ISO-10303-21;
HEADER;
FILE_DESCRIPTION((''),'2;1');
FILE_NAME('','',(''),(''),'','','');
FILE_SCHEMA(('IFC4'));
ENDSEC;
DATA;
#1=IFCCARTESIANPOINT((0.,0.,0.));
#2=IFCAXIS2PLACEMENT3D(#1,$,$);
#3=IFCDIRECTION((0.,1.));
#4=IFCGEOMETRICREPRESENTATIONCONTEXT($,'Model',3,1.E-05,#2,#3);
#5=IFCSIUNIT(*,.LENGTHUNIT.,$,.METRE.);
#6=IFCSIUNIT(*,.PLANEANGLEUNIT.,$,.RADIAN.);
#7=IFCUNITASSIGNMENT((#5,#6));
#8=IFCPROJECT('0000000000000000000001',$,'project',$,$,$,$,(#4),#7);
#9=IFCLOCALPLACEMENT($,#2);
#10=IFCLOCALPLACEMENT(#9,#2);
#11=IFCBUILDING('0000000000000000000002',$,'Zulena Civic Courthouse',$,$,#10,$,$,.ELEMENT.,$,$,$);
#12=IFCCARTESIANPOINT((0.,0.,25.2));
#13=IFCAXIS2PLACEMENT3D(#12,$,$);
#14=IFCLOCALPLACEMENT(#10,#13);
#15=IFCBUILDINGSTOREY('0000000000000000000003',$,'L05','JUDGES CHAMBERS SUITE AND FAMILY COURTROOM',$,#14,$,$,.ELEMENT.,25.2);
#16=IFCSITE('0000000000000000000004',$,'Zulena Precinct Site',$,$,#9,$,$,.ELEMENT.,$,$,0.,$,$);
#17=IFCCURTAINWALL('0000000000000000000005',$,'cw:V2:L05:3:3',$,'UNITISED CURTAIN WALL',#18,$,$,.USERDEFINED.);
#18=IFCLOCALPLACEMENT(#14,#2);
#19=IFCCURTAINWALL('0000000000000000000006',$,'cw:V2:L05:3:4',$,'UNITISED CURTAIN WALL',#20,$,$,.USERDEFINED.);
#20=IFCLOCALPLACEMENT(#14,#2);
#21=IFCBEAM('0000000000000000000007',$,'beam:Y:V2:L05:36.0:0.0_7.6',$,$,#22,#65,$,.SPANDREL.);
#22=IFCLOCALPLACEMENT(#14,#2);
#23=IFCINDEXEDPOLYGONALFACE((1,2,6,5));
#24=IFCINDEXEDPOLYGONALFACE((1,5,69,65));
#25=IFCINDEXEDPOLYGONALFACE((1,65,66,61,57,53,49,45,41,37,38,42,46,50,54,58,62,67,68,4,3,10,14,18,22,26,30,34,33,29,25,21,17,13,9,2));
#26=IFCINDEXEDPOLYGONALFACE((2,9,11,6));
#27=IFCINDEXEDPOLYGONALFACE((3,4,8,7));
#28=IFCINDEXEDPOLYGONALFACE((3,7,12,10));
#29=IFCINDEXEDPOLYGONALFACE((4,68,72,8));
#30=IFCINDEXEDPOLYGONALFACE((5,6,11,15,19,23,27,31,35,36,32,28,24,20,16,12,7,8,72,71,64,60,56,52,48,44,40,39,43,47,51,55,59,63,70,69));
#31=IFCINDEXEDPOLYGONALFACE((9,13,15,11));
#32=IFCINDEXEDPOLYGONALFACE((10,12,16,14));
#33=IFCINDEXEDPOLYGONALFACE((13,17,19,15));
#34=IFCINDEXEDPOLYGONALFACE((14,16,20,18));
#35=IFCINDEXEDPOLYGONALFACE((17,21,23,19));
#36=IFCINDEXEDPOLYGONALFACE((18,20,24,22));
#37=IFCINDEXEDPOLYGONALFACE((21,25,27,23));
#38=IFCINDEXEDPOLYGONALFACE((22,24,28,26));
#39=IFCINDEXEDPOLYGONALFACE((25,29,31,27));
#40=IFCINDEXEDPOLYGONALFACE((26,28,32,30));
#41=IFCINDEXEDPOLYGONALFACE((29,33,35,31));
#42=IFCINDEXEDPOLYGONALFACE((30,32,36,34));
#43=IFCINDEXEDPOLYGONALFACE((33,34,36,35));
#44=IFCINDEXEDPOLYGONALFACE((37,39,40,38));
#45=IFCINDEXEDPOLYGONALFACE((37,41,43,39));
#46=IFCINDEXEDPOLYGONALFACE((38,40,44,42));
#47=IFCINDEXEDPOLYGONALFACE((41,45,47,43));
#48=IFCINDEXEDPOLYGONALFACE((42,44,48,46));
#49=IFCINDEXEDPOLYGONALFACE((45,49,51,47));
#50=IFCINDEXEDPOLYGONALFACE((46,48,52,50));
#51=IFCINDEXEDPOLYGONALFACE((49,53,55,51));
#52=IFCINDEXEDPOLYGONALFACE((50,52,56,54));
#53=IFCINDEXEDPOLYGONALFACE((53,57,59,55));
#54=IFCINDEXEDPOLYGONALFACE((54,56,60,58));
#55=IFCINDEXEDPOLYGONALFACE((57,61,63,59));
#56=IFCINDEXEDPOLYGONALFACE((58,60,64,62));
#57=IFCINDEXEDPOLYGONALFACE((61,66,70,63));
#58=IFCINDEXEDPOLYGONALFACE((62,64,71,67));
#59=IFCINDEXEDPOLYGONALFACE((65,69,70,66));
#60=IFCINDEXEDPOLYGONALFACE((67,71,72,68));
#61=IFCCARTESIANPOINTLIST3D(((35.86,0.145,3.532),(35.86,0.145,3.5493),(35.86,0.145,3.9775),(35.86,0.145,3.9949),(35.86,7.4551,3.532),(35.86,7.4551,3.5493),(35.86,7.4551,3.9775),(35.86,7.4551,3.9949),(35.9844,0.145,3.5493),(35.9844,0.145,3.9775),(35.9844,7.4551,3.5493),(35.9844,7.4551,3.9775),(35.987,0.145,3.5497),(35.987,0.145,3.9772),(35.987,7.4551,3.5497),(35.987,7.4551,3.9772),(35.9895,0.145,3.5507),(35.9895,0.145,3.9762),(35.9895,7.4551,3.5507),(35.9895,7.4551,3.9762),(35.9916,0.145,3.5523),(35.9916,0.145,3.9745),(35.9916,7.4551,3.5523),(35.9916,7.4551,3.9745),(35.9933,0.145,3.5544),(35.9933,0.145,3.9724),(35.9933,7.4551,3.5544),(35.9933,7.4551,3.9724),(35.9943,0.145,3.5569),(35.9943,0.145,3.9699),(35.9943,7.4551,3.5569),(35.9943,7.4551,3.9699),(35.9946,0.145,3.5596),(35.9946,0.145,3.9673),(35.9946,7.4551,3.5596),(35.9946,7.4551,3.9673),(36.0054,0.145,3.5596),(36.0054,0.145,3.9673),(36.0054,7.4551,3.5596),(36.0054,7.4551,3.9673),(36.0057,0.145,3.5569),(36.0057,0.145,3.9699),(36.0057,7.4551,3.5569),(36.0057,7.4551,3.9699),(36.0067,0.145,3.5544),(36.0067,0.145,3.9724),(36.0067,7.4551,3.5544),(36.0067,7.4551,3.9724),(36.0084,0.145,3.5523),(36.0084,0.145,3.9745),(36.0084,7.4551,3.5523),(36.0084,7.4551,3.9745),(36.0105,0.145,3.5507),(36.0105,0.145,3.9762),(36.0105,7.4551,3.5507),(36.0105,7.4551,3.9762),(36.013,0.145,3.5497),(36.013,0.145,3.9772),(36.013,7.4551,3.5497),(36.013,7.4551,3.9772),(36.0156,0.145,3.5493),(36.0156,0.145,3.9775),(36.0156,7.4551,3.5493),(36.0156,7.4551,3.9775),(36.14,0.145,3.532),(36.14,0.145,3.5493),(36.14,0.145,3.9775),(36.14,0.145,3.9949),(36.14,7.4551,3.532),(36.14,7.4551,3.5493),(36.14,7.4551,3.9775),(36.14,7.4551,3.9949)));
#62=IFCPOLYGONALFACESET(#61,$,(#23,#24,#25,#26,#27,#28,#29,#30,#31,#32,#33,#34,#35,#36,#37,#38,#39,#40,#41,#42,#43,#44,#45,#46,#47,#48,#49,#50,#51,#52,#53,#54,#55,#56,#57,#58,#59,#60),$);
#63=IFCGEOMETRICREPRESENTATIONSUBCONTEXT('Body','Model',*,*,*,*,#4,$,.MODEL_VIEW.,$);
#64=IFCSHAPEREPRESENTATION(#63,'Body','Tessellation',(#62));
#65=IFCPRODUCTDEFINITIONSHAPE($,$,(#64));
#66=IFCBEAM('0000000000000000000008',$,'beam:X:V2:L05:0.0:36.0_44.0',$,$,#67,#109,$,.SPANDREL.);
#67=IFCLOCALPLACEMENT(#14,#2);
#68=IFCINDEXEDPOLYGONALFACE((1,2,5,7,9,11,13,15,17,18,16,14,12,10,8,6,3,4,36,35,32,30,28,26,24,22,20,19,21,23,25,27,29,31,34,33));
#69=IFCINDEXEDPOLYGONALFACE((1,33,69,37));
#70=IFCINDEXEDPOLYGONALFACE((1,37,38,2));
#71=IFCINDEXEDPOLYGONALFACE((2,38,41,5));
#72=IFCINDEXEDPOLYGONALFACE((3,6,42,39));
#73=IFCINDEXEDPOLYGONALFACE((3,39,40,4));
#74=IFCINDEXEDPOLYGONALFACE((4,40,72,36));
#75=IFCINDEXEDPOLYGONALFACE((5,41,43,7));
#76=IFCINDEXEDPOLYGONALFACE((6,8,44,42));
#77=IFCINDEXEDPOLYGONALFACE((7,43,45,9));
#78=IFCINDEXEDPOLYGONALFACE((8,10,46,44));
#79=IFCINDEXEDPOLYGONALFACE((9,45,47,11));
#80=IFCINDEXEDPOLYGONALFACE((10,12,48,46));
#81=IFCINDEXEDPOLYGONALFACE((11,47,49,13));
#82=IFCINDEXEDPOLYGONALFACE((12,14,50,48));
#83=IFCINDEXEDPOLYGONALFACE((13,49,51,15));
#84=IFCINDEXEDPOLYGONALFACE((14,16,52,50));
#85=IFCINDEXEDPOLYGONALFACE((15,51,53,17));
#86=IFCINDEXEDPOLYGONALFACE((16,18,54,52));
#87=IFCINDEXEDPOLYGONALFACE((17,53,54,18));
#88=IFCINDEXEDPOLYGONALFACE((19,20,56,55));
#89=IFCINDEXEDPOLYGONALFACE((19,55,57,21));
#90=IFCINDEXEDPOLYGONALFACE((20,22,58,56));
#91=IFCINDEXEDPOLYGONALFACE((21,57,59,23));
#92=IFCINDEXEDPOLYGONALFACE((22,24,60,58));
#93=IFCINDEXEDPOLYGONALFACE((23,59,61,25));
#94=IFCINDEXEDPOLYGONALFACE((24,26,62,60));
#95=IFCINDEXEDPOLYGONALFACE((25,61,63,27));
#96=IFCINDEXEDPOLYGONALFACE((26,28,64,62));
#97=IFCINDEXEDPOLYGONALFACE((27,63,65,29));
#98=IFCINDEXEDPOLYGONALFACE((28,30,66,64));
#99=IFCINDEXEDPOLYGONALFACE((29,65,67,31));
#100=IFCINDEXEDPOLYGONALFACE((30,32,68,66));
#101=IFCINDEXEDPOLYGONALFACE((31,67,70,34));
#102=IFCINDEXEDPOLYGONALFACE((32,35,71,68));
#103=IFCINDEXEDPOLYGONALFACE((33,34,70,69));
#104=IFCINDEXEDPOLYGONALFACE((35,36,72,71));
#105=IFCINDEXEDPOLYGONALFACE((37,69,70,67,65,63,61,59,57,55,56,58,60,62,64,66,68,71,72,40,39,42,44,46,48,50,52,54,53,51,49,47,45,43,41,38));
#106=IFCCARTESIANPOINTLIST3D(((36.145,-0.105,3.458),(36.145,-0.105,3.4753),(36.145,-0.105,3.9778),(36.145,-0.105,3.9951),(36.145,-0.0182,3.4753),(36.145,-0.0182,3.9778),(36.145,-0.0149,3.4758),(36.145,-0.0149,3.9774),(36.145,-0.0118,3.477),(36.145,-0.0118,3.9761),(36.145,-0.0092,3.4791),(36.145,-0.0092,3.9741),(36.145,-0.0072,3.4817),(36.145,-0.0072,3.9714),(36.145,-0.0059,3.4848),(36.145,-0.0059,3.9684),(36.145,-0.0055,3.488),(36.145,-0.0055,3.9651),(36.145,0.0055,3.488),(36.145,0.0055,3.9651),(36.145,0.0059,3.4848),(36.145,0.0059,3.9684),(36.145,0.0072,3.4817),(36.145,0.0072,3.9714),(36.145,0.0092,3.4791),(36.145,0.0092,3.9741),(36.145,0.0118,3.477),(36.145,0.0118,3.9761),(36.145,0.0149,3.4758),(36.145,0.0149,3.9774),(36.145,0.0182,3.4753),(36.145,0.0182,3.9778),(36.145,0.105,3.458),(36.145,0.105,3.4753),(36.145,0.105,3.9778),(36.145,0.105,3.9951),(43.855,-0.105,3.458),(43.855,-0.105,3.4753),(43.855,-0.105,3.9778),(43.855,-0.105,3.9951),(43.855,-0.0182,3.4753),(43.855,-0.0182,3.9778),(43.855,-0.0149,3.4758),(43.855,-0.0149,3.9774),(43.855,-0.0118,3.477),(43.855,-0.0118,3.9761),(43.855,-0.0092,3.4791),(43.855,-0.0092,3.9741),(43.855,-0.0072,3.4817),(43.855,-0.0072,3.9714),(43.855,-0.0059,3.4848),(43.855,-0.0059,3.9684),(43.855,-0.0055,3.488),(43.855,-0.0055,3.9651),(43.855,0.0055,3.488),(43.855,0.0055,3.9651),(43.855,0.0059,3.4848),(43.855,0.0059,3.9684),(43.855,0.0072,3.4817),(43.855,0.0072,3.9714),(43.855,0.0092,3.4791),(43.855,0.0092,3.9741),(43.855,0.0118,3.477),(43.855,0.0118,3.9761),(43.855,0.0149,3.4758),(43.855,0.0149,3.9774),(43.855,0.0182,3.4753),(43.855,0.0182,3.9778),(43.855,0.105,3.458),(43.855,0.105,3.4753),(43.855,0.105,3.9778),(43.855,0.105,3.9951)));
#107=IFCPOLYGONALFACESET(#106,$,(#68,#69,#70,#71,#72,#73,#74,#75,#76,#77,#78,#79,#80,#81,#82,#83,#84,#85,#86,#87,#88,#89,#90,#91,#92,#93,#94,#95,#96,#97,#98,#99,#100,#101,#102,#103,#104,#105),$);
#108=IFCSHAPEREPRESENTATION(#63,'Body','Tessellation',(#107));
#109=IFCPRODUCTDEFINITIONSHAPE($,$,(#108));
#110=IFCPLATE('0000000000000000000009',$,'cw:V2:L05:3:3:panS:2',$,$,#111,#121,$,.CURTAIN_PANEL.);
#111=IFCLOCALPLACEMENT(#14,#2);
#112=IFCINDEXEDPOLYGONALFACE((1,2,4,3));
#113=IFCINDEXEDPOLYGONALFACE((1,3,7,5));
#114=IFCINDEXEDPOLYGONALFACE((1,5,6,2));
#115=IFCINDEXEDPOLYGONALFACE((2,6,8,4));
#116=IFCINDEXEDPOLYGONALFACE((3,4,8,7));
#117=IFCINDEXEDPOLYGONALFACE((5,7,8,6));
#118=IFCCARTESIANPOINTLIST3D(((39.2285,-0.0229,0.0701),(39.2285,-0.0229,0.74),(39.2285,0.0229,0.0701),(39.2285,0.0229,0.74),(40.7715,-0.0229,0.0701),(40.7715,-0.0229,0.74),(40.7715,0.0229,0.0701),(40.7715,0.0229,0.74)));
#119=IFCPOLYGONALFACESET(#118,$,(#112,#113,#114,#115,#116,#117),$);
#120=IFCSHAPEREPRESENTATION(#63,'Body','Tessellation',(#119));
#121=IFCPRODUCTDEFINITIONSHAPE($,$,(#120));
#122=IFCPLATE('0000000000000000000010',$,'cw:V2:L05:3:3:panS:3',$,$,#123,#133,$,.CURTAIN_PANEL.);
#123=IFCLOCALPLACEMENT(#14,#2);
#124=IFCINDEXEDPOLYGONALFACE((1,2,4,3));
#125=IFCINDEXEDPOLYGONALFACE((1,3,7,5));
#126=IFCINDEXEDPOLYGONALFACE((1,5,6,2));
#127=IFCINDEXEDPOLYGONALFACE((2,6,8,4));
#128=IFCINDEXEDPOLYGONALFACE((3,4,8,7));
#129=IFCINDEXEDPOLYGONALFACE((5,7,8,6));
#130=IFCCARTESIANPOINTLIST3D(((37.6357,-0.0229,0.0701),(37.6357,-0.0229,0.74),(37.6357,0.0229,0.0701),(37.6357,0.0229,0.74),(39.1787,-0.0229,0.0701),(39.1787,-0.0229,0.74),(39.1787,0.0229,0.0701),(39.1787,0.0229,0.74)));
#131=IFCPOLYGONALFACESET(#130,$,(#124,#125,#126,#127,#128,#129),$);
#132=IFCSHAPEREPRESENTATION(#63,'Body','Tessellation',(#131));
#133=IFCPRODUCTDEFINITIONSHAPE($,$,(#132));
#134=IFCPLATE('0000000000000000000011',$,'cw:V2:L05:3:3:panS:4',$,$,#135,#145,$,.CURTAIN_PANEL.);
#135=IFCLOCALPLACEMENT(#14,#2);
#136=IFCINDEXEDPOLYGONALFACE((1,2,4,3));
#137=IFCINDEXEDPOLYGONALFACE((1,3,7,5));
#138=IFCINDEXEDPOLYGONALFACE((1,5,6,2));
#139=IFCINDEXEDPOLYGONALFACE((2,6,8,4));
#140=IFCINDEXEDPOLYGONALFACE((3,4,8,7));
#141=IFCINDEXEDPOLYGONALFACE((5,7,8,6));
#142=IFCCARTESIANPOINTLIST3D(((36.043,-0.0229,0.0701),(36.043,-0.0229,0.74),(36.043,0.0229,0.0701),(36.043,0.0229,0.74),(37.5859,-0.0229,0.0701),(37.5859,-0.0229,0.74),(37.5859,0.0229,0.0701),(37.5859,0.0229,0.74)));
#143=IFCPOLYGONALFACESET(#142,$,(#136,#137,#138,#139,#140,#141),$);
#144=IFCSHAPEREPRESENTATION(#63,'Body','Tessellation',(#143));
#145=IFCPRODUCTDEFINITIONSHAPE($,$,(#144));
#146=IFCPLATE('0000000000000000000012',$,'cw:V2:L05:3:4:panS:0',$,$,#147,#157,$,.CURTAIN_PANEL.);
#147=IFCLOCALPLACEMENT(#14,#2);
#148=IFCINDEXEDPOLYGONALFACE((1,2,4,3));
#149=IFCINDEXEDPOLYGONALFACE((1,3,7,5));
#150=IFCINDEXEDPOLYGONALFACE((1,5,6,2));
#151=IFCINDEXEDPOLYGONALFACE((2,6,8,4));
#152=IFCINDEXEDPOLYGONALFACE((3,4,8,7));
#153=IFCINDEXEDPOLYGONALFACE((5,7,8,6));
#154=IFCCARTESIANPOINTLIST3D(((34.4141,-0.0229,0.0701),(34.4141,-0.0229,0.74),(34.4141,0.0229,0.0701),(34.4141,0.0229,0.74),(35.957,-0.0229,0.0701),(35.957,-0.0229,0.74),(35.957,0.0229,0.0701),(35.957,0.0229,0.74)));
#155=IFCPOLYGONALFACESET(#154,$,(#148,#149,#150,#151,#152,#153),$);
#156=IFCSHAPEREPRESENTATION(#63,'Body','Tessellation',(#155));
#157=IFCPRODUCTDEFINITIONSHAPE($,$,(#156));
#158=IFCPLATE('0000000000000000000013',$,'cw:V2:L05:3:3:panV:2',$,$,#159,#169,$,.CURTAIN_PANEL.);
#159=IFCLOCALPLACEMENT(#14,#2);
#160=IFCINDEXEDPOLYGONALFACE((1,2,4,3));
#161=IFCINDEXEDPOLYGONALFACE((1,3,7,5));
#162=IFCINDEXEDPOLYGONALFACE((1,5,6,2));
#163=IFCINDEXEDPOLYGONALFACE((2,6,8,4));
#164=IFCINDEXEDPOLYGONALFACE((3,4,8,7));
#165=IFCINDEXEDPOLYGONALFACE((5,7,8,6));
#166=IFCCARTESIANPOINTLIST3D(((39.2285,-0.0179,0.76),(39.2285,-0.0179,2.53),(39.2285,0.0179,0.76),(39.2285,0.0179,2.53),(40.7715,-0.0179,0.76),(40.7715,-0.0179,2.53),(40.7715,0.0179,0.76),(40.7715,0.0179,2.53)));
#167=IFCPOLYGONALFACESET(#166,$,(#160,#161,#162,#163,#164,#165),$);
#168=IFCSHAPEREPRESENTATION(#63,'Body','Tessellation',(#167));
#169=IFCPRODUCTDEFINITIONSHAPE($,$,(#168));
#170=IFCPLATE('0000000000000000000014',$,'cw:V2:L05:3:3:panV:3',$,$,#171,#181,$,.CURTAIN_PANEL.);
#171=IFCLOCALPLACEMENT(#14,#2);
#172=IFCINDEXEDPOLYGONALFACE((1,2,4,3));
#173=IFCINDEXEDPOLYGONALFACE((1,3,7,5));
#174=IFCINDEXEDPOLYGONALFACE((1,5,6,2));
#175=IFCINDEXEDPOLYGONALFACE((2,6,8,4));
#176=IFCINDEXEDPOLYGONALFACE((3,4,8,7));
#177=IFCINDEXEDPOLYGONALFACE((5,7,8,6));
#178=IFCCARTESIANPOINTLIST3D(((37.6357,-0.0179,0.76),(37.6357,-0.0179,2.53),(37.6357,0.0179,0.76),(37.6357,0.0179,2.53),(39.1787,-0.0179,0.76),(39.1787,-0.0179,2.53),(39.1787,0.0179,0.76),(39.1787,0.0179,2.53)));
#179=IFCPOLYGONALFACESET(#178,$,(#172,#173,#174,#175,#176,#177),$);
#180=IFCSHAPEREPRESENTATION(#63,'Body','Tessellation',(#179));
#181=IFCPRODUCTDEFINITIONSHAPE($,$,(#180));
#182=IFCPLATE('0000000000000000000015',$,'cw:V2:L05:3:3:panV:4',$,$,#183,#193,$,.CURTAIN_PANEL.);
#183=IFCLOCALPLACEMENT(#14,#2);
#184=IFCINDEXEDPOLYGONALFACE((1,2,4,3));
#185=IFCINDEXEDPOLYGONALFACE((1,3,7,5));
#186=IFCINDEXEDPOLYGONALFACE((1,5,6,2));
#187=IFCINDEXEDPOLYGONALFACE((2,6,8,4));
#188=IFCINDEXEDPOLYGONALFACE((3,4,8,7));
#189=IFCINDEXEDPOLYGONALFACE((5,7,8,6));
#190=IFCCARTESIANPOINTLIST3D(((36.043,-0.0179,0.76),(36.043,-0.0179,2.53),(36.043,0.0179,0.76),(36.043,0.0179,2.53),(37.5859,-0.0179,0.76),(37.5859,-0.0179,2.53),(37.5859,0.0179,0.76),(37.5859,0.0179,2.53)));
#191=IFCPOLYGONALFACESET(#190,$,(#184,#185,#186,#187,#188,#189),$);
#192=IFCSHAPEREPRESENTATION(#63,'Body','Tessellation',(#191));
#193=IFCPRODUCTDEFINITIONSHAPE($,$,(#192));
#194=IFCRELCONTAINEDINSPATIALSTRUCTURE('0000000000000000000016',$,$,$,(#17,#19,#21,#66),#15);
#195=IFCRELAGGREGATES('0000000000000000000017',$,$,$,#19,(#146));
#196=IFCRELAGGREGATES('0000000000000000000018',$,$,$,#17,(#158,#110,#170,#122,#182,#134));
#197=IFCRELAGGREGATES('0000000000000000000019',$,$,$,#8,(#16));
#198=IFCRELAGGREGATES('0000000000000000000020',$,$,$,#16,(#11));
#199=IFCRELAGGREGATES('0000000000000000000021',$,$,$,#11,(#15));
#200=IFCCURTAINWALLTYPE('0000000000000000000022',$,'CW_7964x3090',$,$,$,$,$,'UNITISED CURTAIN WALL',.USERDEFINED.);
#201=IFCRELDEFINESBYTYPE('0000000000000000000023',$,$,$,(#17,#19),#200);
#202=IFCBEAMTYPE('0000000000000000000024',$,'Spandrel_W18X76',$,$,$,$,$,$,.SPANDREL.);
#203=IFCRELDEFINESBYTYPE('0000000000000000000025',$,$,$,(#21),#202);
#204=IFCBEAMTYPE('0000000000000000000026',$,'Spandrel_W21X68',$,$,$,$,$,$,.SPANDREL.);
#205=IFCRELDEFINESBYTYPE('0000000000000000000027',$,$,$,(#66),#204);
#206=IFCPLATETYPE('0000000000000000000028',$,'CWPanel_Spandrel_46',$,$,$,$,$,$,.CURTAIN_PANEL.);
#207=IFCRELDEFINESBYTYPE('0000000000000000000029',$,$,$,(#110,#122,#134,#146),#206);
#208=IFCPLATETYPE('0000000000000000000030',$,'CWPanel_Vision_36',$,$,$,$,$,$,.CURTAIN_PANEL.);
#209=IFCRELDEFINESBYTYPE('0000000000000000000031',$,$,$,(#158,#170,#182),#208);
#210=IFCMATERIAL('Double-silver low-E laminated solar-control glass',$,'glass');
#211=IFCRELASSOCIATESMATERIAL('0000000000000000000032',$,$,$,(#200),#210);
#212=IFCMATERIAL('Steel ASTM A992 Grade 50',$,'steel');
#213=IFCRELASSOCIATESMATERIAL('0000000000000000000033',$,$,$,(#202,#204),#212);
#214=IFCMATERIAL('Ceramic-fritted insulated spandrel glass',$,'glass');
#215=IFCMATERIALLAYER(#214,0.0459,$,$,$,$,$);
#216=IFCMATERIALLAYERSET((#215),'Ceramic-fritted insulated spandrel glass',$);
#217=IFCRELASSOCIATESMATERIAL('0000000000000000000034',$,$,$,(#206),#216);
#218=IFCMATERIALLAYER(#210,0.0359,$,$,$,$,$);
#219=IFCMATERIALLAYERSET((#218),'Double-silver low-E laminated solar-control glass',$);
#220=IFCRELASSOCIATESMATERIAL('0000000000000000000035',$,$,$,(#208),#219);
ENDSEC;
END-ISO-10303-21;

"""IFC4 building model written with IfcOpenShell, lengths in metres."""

from ifc_helpers import new_model, si_unit, direction, frame, origin, origin_2d, place, context, subcontext, project, spatial, rectangle, i_section, extrude, material, layer, layer_set, material_profile, profile_set, type_object, element, aggregate, save


model = new_model("IFC4")

# Units and contexts
model_context = context("Model", 3, precision=1e-05, world=origin(), true_north=direction((0.0, 1.0)))
body_context = subcontext(model_context, "Body", "Model", "MODEL_VIEW")
ifc_project = project(units=[si_unit("LENGTHUNIT", "METRE"), si_unit("PLANEANGLEUNIT", "RADIAN")], contexts=[model_context])

# Site, building, storey
site_placement = place(None, origin())
site = spatial("IfcSite", under=ifc_project, at=site_placement, Name="Zulena Precinct Site", CompositionType="ELEMENT", RefElevation=0.0)
building_placement = place(site_placement, origin())
building = spatial("IfcBuilding", under=site, at=building_placement, Name="Zulena Civic Courthouse", CompositionType="ELEMENT")
storey_placement = place(building_placement, frame((0.0, 0.0, 25.2)))
storey = spatial("IfcBuildingStorey", under=building, at=storey_placement, Name="L05", Description="JUDGES CHAMBERS SUITE AND FAMILY COURTROOM", CompositionType="ELEMENT", Elevation=25.2)

# Shared definitions
ifc_material_1 = material(Name="Steel ASTM A992 Grade 50", Category="steel")

# Curtain walls
ifc_material_2 = material(Name="Double-silver low-E laminated solar-control glass", Category="glass")
curtain_wall_type = type_object("IfcCurtainWallType", Name="CW_7964x3090", ElementType="UNITISED CURTAIN WALL", PredefinedType="USERDEFINED", material=ifc_material_2)
curtain_wall_1_placement = place(storey_placement, origin())
curtain_wall_1 = element("IfcCurtainWall", 1, at=curtain_wall_1_placement, inside=storey, type_object=curtain_wall_type, Name="cw:V2:L05:3:3", ObjectType="UNITISED CURTAIN WALL", PredefinedType="USERDEFINED")
curtain_wall_2_placement = place(storey_placement, origin())
curtain_wall_2 = element("IfcCurtainWall", 2, at=curtain_wall_2_placement, inside=storey, type_object=curtain_wall_type, Name="cw:V2:L05:3:4", ObjectType="UNITISED CURTAIN WALL", PredefinedType="USERDEFINED")

# Beams
ifc_material_profile_1 = material_profile(ifc_material_1, i_section(OverallWidth=0.28, OverallDepth=0.4629, WebThickness=0.0107, FlangeThickness=0.0173, FilletRadius=0.0103, at=origin_2d()), Name="W18X76")
ifc_profile_set_1 = profile_set([ifc_material_profile_1], Name="Steel ASTM A992 Grade 50")
beam_type_1 = type_object("IfcBeamType", Name="Spandrel_W18X76", PredefinedType="SPANDREL", material=ifc_profile_set_1)
for number, where, z_axis, x_axis, name in (
    (3, (36.0, 0.145, 3.7634), (0.0, 1.0, 0.0), (-1.0, 0.0, 0.0), "beam:Y:V2:L05:36.0:0.0_7.6"),
):
    element("IfcBeam", number, at=place(storey_placement, frame(where, z_axis=z_axis, x_axis=x_axis)), inside=storey, type_object=beam_type_1, Name=name, PredefinedType="SPANDREL", context=body_context, shape_type="SweptSolid", body=[
        extrude(i_section(OverallWidth=0.28, OverallDepth=0.4629, WebThickness=0.0107, FlangeThickness=0.0173, FilletRadius=0.0103, at=origin_2d()), origin(), (0.0, 0.0, 1.0), 7.3101),
    ])
ifc_material_profile_2 = material_profile(ifc_material_1, i_section(OverallWidth=0.21, OverallDepth=0.5371, WebThickness=0.011, FlangeThickness=0.0173, FilletRadius=0.0127, at=origin_2d()), Name="W21X68")
ifc_profile_set_2 = profile_set([ifc_material_profile_2], Name="Steel ASTM A992 Grade 50")
beam_type_2 = type_object("IfcBeamType", Name="Spandrel_W21X68", PredefinedType="SPANDREL", material=ifc_profile_set_2)
beam_placement = place(storey_placement, frame((36.145, 0.0, 3.7266), z_axis=(1.0, 0.0, 0.0), x_axis=(0.0, 1.0, 0.0)))
element("IfcBeam", 4, at=beam_placement, inside=storey, type_object=beam_type_2, Name="beam:X:V2:L05:0.0:36.0_44.0", PredefinedType="SPANDREL", context=body_context, shape_type="SweptSolid", body=[
    extrude(i_section(OverallWidth=0.21, OverallDepth=0.5371, WebThickness=0.011, FlangeThickness=0.0173, FilletRadius=0.0127, at=origin_2d()), origin(), (0.0, 0.0, 1.0), 7.71),
])

# Plates
ifc_material_3 = material(Name="Ceramic-fritted insulated spandrel glass", Category="glass")
ifc_layer_1 = layer(ifc_material_3, 0.0459)
ifc_layer_set_1 = layer_set([ifc_layer_1], Name="Ceramic-fritted insulated spandrel glass")
plate_type_1 = type_object("IfcPlateType", Name="CWPanel_Spandrel_46", PredefinedType="CURTAIN_PANEL", material=ifc_layer_set_1)
plate_1_placement = place(storey_placement, frame((40.0, 0.0, 0.0701), z_axis=(0.0, 0.0, 1.0), x_axis=(-1.0, 0.0, 0.0)))
plate_1 = element("IfcPlate", 5, at=plate_1_placement, type_object=plate_type_1, Name="cw:V2:L05:3:3:panS:2", PredefinedType="CURTAIN_PANEL", context=body_context, shape_type="SweptSolid", body=[
    extrude(rectangle(XDim=1.543, YDim=0.0459, at=origin_2d()), origin(), (0.0, 0.0, 1.0), 0.6699),
])
plate_2_placement = place(storey_placement, frame((38.4072, 0.0, 0.0701), z_axis=(0.0, 0.0, 1.0), x_axis=(-1.0, 0.0, 0.0)))
plate_2 = element("IfcPlate", 6, at=plate_2_placement, type_object=plate_type_1, Name="cw:V2:L05:3:3:panS:3", PredefinedType="CURTAIN_PANEL", context=body_context, shape_type="SweptSolid", body=[
    extrude(rectangle(XDim=1.543, YDim=0.0459, at=origin_2d()), origin(), (0.0, 0.0, 1.0), 0.6699),
])
plate_3_placement = place(storey_placement, frame((36.8145, 0.0, 0.0701), z_axis=(0.0, 0.0, 1.0), x_axis=(-1.0, 0.0, 0.0)))
plate_3 = element("IfcPlate", 7, at=plate_3_placement, type_object=plate_type_1, Name="cw:V2:L05:3:3:panS:4", PredefinedType="CURTAIN_PANEL", context=body_context, shape_type="SweptSolid", body=[
    extrude(rectangle(XDim=1.543, YDim=0.0459, at=origin_2d()), origin(), (0.0, 0.0, 1.0), 0.6699),
])
plate_4_placement = place(storey_placement, frame((35.1855, 0.0, 0.0701), z_axis=(0.0, 0.0, 1.0), x_axis=(-1.0, 0.0, 0.0)))
plate_4 = element("IfcPlate", 8, at=plate_4_placement, type_object=plate_type_1, Name="cw:V2:L05:3:4:panS:0", PredefinedType="CURTAIN_PANEL", context=body_context, shape_type="SweptSolid", body=[
    extrude(rectangle(XDim=1.543, YDim=0.0459, at=origin_2d()), origin(), (0.0, 0.0, 1.0), 0.6699),
])
aggregate(curtain_wall_2, [plate_4])
ifc_layer_2 = layer(ifc_material_2, 0.0359)
ifc_layer_set_2 = layer_set([ifc_layer_2], Name="Double-silver low-E laminated solar-control glass")
plate_type_2 = type_object("IfcPlateType", Name="CWPanel_Vision_36", PredefinedType="CURTAIN_PANEL", material=ifc_layer_set_2)
plate_5_placement = place(storey_placement, frame((40.0, 0.0, 0.76), z_axis=(0.0, 0.0, 1.0), x_axis=(-1.0, 0.0, 0.0)))
plate_5 = element("IfcPlate", 9, at=plate_5_placement, type_object=plate_type_2, Name="cw:V2:L05:3:3:panV:2", PredefinedType="CURTAIN_PANEL", context=body_context, shape_type="SweptSolid", body=[
    extrude(rectangle(XDim=1.543, YDim=0.0359, at=origin_2d()), origin(), (0.0, 0.0, 1.0), 1.77),
])
plate_6_placement = place(storey_placement, frame((38.4072, 0.0, 0.76), z_axis=(0.0, 0.0, 1.0), x_axis=(-1.0, 0.0, 0.0)))
plate_6 = element("IfcPlate", 10, at=plate_6_placement, type_object=plate_type_2, Name="cw:V2:L05:3:3:panV:3", PredefinedType="CURTAIN_PANEL", context=body_context, shape_type="SweptSolid", body=[
    extrude(rectangle(XDim=1.543, YDim=0.0359, at=origin_2d()), origin(), (0.0, 0.0, 1.0), 1.77),
])
plate_7_placement = place(storey_placement, frame((36.8145, 0.0, 0.76), z_axis=(0.0, 0.0, 1.0), x_axis=(-1.0, 0.0, 0.0)))
plate_7 = element("IfcPlate", 11, at=plate_7_placement, type_object=plate_type_2, Name="cw:V2:L05:3:3:panV:4", PredefinedType="CURTAIN_PANEL", context=body_context, shape_type="SweptSolid", body=[
    extrude(rectangle(XDim=1.543, YDim=0.0359, at=origin_2d()), origin(), (0.0, 0.0, 1.0), 1.77),
])
aggregate(curtain_wall_1, [plate_5, plate_1, plate_6, plate_2, plate_7, plate_3])

save(model, "model.ifc")
